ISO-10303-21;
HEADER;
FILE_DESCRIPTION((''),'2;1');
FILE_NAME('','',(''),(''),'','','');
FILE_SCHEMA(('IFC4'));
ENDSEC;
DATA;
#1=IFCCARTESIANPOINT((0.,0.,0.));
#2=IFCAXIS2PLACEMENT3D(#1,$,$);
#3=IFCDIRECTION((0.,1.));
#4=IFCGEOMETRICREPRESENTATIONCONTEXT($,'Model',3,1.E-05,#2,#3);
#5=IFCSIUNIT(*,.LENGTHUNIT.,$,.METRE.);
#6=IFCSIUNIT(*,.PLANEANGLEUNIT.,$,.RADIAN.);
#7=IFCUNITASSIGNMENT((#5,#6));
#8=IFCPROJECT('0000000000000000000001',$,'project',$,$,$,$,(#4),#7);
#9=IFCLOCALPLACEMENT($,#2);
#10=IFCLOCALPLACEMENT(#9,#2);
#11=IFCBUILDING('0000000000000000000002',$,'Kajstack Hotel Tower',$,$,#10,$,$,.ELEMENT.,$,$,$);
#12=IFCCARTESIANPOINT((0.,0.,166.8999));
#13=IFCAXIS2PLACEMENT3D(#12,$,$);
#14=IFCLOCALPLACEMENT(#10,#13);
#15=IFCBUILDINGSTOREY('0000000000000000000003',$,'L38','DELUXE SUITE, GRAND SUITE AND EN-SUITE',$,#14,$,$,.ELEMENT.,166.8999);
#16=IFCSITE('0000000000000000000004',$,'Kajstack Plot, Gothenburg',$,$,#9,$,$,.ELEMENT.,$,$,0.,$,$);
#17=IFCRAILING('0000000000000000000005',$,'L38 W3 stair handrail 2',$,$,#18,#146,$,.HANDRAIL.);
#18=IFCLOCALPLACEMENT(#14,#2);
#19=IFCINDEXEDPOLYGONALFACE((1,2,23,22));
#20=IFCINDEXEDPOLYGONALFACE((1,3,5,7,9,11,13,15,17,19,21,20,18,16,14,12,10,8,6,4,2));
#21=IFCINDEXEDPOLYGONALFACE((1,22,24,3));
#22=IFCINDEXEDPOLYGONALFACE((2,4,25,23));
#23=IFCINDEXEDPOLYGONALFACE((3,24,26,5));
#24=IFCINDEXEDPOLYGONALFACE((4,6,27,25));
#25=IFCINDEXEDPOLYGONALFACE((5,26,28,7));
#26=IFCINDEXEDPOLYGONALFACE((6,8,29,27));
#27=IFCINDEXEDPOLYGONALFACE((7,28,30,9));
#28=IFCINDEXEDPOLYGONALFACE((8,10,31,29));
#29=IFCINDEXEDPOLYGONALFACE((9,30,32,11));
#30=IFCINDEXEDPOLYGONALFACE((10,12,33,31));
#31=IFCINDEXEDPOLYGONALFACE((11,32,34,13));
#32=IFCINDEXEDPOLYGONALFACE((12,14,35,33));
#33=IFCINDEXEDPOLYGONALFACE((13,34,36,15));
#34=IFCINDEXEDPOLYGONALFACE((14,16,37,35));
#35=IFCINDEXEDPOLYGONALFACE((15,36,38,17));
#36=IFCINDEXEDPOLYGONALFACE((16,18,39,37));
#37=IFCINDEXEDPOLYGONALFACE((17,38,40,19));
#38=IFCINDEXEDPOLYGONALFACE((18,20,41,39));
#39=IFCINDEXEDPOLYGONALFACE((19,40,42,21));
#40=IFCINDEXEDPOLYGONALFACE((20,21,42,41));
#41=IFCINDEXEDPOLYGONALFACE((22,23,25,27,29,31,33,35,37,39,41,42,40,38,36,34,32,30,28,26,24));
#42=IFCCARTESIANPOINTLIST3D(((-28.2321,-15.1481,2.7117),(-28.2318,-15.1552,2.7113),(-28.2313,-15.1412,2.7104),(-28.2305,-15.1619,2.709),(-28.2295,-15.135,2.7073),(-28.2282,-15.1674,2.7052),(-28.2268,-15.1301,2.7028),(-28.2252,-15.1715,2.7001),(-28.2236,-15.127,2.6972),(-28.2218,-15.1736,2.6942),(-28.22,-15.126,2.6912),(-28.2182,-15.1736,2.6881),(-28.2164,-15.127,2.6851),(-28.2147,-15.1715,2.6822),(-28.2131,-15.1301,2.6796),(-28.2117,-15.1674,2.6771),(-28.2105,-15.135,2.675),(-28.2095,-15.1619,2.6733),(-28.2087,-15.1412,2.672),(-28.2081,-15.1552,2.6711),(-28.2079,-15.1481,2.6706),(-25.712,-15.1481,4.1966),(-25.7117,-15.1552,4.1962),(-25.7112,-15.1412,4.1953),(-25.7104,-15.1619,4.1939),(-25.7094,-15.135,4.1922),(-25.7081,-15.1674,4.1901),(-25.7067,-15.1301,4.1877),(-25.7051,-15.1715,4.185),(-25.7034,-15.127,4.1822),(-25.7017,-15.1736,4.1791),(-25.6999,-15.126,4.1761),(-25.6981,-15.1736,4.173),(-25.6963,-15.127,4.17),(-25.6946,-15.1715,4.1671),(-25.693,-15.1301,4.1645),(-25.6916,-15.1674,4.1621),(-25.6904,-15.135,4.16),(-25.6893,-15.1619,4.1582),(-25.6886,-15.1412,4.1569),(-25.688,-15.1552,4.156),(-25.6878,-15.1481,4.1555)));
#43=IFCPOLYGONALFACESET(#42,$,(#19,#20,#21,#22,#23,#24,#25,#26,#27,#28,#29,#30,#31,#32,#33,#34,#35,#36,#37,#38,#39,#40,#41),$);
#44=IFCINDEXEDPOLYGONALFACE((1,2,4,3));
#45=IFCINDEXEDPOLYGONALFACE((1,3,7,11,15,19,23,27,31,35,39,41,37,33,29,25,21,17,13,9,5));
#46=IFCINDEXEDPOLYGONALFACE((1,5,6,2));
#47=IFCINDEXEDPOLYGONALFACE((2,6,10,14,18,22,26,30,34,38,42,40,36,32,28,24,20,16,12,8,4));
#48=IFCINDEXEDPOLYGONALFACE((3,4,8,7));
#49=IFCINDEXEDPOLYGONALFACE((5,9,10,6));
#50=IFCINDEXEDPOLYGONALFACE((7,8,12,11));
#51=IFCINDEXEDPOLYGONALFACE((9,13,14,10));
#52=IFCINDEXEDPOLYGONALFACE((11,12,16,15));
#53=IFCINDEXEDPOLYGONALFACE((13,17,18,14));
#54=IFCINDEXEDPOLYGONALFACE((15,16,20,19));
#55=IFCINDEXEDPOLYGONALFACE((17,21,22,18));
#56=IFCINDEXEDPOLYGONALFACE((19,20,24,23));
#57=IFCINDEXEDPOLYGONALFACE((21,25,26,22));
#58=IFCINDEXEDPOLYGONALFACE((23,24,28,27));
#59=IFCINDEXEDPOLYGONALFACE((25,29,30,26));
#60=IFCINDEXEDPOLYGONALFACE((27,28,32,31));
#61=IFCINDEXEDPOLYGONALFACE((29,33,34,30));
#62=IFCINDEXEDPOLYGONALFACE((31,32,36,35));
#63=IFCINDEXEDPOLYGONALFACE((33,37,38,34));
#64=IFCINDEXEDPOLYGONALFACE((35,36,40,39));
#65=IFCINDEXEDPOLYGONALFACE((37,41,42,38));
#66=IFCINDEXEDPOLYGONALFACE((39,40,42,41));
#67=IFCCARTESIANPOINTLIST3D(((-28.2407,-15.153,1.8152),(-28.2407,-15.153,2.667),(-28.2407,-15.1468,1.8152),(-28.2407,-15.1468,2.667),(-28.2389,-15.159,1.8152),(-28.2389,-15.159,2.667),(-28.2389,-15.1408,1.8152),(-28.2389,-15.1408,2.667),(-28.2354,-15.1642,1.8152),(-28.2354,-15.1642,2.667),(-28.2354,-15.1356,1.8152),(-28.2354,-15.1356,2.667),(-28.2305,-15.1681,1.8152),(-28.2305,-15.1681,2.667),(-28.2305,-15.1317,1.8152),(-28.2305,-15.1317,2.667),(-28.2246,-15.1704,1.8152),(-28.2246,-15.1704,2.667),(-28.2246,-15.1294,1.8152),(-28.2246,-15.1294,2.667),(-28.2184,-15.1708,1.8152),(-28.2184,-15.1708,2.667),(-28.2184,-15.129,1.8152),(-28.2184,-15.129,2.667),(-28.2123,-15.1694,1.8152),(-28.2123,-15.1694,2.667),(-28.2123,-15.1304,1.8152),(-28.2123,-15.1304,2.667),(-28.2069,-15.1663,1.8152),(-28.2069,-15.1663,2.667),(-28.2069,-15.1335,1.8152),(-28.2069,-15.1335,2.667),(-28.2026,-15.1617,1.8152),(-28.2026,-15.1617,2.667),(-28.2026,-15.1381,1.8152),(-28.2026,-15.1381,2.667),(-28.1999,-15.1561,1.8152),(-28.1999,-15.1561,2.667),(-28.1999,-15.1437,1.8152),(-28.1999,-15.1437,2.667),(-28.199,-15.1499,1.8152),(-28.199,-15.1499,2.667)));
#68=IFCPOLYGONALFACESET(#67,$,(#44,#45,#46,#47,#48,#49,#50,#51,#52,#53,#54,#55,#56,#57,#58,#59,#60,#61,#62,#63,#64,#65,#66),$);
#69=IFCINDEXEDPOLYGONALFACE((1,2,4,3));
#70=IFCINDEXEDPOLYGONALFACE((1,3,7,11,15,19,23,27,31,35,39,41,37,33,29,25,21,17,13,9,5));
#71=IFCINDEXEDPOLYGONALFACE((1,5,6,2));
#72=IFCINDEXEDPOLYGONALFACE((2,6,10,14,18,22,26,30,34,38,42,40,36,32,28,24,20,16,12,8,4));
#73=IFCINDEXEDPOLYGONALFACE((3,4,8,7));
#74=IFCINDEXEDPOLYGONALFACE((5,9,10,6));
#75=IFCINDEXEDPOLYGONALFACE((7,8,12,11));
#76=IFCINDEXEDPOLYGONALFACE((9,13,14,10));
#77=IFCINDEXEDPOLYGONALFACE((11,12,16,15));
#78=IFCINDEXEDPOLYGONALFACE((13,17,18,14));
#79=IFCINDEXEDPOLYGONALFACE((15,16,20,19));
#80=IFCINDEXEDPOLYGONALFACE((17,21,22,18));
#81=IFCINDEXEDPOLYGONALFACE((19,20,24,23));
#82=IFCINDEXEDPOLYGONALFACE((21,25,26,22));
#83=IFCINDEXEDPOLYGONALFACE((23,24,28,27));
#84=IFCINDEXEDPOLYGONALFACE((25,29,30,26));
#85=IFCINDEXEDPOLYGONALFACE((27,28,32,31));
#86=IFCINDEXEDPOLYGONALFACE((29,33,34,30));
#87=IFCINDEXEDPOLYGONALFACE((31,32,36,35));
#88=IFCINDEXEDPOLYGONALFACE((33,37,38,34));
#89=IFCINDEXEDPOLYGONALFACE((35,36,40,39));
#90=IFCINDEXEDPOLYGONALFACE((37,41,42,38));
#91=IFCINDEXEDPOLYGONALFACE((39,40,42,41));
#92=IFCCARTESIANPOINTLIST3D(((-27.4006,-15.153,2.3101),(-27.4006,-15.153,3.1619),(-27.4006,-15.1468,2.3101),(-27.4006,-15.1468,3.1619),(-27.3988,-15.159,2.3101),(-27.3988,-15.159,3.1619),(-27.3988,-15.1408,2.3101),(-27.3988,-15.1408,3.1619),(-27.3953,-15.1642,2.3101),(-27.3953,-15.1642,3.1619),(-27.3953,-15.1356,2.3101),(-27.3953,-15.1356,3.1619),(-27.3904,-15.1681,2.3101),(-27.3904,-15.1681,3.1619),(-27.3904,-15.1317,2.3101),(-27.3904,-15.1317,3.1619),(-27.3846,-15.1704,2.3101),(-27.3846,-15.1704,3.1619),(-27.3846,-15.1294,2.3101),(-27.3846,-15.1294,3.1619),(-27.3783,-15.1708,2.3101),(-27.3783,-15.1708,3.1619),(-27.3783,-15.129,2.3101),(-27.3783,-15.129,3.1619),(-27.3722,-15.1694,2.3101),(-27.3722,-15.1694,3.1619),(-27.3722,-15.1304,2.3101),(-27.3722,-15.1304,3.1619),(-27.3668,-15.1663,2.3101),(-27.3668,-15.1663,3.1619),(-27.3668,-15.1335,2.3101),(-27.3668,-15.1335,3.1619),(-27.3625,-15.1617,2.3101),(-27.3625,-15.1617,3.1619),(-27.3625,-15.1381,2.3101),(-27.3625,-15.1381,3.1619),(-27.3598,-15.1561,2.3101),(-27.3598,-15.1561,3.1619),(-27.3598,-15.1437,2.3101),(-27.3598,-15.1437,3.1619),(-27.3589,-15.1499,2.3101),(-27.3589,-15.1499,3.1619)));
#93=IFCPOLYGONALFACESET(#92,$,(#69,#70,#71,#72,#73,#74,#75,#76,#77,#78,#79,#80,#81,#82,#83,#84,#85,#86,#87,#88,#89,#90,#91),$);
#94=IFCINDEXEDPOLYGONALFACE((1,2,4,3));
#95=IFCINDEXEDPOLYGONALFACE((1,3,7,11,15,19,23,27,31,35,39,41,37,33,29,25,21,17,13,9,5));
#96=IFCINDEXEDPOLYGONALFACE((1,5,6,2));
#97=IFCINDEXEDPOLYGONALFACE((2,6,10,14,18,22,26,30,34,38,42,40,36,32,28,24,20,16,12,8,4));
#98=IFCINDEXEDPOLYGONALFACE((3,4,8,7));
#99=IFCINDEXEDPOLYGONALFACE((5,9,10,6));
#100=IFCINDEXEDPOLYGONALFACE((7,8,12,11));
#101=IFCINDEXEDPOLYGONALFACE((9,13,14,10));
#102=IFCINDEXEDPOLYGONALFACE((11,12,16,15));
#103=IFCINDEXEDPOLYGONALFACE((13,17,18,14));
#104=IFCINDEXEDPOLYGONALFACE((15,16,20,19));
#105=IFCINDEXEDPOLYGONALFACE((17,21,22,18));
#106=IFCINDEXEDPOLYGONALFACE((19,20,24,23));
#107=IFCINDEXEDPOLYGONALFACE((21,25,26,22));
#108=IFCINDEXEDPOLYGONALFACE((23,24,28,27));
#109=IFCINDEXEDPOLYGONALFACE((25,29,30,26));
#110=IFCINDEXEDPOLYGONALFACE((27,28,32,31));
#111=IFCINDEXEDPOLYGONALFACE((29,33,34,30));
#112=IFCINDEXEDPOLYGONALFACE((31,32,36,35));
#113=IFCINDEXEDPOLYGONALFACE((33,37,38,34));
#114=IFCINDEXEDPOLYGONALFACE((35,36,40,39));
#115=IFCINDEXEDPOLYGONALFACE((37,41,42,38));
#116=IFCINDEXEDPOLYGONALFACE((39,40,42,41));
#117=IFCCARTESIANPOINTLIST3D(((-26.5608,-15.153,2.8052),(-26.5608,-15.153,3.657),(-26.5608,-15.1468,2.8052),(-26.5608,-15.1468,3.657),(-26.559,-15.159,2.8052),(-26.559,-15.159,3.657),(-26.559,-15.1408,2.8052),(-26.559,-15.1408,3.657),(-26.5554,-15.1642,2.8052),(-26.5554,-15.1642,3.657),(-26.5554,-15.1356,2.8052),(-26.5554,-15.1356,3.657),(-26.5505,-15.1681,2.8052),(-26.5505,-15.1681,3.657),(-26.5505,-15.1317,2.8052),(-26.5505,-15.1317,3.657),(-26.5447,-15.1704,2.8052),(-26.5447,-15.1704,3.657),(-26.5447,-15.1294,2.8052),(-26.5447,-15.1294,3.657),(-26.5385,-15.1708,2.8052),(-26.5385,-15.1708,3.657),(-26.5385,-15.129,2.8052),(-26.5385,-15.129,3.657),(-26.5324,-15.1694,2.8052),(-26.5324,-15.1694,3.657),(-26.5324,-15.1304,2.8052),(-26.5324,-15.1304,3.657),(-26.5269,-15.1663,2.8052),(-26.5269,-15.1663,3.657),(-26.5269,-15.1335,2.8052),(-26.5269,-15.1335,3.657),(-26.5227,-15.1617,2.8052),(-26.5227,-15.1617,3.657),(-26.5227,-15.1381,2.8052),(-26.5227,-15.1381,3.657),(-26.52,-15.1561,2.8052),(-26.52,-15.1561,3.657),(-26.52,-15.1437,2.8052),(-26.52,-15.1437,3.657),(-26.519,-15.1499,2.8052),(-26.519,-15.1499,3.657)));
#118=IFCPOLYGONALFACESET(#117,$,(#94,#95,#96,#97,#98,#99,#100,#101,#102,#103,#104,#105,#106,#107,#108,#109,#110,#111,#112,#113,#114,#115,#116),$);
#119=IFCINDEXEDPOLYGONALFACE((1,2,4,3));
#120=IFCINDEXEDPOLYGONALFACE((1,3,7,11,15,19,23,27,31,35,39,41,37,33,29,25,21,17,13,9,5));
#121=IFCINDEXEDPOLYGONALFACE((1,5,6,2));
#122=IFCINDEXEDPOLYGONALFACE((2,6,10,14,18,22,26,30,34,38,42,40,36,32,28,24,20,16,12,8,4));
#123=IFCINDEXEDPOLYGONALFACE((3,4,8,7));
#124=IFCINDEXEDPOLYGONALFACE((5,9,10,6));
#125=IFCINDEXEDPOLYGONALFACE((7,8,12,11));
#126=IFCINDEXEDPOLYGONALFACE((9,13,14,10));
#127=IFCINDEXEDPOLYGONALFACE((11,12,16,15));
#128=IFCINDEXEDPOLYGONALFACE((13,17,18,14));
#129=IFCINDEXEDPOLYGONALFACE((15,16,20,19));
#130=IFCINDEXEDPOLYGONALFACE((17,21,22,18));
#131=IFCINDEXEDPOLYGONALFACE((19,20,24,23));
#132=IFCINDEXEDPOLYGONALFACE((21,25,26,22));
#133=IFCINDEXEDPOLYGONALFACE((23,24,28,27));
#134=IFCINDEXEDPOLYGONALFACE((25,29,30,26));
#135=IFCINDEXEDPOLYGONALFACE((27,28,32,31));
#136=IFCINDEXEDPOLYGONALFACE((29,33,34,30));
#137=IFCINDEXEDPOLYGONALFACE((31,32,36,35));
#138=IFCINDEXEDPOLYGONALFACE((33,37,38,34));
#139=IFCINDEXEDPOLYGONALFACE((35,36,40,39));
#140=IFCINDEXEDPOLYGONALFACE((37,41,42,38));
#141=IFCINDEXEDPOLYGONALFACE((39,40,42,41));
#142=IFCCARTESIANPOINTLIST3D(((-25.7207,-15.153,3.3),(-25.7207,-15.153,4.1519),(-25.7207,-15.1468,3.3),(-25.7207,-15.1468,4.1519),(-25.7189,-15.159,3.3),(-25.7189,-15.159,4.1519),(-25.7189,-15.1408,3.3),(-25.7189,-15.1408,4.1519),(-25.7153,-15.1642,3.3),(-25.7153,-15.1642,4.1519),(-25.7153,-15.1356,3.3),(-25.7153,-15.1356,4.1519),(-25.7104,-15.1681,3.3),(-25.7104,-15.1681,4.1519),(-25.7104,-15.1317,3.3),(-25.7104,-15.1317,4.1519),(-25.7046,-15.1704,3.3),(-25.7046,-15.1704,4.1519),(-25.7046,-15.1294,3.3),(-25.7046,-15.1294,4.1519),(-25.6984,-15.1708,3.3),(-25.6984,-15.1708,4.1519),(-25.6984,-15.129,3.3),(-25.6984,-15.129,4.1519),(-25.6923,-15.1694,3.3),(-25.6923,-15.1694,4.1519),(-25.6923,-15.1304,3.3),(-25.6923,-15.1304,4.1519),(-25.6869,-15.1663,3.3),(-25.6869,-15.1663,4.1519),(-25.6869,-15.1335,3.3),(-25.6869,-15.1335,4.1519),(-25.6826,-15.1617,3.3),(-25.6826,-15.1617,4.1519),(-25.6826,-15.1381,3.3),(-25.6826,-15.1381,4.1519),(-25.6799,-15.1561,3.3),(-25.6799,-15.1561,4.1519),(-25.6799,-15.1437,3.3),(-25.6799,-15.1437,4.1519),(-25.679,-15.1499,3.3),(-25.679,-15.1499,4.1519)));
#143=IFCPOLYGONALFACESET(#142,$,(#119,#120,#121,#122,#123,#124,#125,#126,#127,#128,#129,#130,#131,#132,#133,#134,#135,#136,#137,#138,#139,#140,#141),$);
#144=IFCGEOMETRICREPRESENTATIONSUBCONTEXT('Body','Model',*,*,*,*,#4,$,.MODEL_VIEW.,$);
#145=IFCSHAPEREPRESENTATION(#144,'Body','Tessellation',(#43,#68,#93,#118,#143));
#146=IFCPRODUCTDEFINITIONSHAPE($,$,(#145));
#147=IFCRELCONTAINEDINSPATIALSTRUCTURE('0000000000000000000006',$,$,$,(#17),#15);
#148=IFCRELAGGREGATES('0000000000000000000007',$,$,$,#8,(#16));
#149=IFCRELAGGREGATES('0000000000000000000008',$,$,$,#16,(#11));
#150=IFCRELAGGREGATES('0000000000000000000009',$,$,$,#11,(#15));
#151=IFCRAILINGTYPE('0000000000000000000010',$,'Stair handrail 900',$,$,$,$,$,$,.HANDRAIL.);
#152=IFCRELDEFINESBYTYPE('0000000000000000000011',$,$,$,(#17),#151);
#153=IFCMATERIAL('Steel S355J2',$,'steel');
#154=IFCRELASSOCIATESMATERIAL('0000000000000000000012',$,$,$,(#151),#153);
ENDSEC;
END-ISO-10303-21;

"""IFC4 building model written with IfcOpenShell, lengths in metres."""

from ifc_helpers import new_model, si_unit, direction, frame, origin, origin_2d, place, context, subcontext, project, spatial, circle, extrude, material, type_object, element, save


model = new_model("IFC4")

# Units and contexts
model_context = context("Model", 3, precision=1e-05, world=origin(), true_north=direction((0.0, 1.0)))
body_context = subcontext(model_context, "Body", "Model", "MODEL_VIEW")
ifc_project = project(units=[si_unit("LENGTHUNIT", "METRE"), si_unit("PLANEANGLEUNIT", "RADIAN")], contexts=[model_context])

# Site, building, storey
site_placement = place(None, origin())
site = spatial("IfcSite", under=ifc_project, at=site_placement, Name="Kajstack Plot, Gothenburg", CompositionType="ELEMENT", RefElevation=0.0)
building_placement = place(site_placement, origin())
building = spatial("IfcBuilding", under=site, at=building_placement, Name="Kajstack Hotel Tower", CompositionType="ELEMENT")
storey_placement = place(building_placement, frame((0.0, 0.0, 166.8999)))
storey = spatial("IfcBuildingStorey", under=building, at=storey_placement, Name="L38", Description="DELUXE SUITE, GRAND SUITE AND EN-SUITE", CompositionType="ELEMENT", Elevation=166.8999)

# Railing
ifc_material_1 = material(Name="Steel S355J2", Category="steel")
railing_type_1 = type_object("IfcRailingType", Name="Stair handrail 900", PredefinedType="HANDRAIL", material=ifc_material_1)
railing_1_placement = place(storey_placement, frame((-28.22, -15.1499, 1.8152)))
element("IfcRailing", 1, at=railing_1_placement, inside=storey, type_object=railing_type_1, Name="L38 W3 stair handrail 2", PredefinedType="HANDRAIL", context=body_context, shape_type="SweptSolid", body=[
    extrude(circle(Radius=0.0239, at=origin_2d()), frame((0.0, 0.0, 0.876), z_axis=(0.861561, 0.0, 0.507655), x_axis=(0.0, 1.0, 0.0)), (0.0, 0.0, 1.0), 2.925),
    extrude(circle(Radius=0.021, at=origin_2d()), origin(), (0.0, 0.0, 1.0), 0.8518),
    extrude(circle(Radius=0.021, at=origin_2d()), frame((0.8401, 0.0, 0.4949)), (0.0, 0.0, 1.0), 0.8518),
    extrude(circle(Radius=0.021, at=origin_2d()), frame((1.6799, 0.0, 0.99)), (0.0, 0.0, 1.0), 0.8518),
    extrude(circle(Radius=0.021, at=origin_2d()), frame((2.52, 0.0, 1.4849)), (0.0, 0.0, 1.0), 0.8518),
])

save(model, "model.ifc")
